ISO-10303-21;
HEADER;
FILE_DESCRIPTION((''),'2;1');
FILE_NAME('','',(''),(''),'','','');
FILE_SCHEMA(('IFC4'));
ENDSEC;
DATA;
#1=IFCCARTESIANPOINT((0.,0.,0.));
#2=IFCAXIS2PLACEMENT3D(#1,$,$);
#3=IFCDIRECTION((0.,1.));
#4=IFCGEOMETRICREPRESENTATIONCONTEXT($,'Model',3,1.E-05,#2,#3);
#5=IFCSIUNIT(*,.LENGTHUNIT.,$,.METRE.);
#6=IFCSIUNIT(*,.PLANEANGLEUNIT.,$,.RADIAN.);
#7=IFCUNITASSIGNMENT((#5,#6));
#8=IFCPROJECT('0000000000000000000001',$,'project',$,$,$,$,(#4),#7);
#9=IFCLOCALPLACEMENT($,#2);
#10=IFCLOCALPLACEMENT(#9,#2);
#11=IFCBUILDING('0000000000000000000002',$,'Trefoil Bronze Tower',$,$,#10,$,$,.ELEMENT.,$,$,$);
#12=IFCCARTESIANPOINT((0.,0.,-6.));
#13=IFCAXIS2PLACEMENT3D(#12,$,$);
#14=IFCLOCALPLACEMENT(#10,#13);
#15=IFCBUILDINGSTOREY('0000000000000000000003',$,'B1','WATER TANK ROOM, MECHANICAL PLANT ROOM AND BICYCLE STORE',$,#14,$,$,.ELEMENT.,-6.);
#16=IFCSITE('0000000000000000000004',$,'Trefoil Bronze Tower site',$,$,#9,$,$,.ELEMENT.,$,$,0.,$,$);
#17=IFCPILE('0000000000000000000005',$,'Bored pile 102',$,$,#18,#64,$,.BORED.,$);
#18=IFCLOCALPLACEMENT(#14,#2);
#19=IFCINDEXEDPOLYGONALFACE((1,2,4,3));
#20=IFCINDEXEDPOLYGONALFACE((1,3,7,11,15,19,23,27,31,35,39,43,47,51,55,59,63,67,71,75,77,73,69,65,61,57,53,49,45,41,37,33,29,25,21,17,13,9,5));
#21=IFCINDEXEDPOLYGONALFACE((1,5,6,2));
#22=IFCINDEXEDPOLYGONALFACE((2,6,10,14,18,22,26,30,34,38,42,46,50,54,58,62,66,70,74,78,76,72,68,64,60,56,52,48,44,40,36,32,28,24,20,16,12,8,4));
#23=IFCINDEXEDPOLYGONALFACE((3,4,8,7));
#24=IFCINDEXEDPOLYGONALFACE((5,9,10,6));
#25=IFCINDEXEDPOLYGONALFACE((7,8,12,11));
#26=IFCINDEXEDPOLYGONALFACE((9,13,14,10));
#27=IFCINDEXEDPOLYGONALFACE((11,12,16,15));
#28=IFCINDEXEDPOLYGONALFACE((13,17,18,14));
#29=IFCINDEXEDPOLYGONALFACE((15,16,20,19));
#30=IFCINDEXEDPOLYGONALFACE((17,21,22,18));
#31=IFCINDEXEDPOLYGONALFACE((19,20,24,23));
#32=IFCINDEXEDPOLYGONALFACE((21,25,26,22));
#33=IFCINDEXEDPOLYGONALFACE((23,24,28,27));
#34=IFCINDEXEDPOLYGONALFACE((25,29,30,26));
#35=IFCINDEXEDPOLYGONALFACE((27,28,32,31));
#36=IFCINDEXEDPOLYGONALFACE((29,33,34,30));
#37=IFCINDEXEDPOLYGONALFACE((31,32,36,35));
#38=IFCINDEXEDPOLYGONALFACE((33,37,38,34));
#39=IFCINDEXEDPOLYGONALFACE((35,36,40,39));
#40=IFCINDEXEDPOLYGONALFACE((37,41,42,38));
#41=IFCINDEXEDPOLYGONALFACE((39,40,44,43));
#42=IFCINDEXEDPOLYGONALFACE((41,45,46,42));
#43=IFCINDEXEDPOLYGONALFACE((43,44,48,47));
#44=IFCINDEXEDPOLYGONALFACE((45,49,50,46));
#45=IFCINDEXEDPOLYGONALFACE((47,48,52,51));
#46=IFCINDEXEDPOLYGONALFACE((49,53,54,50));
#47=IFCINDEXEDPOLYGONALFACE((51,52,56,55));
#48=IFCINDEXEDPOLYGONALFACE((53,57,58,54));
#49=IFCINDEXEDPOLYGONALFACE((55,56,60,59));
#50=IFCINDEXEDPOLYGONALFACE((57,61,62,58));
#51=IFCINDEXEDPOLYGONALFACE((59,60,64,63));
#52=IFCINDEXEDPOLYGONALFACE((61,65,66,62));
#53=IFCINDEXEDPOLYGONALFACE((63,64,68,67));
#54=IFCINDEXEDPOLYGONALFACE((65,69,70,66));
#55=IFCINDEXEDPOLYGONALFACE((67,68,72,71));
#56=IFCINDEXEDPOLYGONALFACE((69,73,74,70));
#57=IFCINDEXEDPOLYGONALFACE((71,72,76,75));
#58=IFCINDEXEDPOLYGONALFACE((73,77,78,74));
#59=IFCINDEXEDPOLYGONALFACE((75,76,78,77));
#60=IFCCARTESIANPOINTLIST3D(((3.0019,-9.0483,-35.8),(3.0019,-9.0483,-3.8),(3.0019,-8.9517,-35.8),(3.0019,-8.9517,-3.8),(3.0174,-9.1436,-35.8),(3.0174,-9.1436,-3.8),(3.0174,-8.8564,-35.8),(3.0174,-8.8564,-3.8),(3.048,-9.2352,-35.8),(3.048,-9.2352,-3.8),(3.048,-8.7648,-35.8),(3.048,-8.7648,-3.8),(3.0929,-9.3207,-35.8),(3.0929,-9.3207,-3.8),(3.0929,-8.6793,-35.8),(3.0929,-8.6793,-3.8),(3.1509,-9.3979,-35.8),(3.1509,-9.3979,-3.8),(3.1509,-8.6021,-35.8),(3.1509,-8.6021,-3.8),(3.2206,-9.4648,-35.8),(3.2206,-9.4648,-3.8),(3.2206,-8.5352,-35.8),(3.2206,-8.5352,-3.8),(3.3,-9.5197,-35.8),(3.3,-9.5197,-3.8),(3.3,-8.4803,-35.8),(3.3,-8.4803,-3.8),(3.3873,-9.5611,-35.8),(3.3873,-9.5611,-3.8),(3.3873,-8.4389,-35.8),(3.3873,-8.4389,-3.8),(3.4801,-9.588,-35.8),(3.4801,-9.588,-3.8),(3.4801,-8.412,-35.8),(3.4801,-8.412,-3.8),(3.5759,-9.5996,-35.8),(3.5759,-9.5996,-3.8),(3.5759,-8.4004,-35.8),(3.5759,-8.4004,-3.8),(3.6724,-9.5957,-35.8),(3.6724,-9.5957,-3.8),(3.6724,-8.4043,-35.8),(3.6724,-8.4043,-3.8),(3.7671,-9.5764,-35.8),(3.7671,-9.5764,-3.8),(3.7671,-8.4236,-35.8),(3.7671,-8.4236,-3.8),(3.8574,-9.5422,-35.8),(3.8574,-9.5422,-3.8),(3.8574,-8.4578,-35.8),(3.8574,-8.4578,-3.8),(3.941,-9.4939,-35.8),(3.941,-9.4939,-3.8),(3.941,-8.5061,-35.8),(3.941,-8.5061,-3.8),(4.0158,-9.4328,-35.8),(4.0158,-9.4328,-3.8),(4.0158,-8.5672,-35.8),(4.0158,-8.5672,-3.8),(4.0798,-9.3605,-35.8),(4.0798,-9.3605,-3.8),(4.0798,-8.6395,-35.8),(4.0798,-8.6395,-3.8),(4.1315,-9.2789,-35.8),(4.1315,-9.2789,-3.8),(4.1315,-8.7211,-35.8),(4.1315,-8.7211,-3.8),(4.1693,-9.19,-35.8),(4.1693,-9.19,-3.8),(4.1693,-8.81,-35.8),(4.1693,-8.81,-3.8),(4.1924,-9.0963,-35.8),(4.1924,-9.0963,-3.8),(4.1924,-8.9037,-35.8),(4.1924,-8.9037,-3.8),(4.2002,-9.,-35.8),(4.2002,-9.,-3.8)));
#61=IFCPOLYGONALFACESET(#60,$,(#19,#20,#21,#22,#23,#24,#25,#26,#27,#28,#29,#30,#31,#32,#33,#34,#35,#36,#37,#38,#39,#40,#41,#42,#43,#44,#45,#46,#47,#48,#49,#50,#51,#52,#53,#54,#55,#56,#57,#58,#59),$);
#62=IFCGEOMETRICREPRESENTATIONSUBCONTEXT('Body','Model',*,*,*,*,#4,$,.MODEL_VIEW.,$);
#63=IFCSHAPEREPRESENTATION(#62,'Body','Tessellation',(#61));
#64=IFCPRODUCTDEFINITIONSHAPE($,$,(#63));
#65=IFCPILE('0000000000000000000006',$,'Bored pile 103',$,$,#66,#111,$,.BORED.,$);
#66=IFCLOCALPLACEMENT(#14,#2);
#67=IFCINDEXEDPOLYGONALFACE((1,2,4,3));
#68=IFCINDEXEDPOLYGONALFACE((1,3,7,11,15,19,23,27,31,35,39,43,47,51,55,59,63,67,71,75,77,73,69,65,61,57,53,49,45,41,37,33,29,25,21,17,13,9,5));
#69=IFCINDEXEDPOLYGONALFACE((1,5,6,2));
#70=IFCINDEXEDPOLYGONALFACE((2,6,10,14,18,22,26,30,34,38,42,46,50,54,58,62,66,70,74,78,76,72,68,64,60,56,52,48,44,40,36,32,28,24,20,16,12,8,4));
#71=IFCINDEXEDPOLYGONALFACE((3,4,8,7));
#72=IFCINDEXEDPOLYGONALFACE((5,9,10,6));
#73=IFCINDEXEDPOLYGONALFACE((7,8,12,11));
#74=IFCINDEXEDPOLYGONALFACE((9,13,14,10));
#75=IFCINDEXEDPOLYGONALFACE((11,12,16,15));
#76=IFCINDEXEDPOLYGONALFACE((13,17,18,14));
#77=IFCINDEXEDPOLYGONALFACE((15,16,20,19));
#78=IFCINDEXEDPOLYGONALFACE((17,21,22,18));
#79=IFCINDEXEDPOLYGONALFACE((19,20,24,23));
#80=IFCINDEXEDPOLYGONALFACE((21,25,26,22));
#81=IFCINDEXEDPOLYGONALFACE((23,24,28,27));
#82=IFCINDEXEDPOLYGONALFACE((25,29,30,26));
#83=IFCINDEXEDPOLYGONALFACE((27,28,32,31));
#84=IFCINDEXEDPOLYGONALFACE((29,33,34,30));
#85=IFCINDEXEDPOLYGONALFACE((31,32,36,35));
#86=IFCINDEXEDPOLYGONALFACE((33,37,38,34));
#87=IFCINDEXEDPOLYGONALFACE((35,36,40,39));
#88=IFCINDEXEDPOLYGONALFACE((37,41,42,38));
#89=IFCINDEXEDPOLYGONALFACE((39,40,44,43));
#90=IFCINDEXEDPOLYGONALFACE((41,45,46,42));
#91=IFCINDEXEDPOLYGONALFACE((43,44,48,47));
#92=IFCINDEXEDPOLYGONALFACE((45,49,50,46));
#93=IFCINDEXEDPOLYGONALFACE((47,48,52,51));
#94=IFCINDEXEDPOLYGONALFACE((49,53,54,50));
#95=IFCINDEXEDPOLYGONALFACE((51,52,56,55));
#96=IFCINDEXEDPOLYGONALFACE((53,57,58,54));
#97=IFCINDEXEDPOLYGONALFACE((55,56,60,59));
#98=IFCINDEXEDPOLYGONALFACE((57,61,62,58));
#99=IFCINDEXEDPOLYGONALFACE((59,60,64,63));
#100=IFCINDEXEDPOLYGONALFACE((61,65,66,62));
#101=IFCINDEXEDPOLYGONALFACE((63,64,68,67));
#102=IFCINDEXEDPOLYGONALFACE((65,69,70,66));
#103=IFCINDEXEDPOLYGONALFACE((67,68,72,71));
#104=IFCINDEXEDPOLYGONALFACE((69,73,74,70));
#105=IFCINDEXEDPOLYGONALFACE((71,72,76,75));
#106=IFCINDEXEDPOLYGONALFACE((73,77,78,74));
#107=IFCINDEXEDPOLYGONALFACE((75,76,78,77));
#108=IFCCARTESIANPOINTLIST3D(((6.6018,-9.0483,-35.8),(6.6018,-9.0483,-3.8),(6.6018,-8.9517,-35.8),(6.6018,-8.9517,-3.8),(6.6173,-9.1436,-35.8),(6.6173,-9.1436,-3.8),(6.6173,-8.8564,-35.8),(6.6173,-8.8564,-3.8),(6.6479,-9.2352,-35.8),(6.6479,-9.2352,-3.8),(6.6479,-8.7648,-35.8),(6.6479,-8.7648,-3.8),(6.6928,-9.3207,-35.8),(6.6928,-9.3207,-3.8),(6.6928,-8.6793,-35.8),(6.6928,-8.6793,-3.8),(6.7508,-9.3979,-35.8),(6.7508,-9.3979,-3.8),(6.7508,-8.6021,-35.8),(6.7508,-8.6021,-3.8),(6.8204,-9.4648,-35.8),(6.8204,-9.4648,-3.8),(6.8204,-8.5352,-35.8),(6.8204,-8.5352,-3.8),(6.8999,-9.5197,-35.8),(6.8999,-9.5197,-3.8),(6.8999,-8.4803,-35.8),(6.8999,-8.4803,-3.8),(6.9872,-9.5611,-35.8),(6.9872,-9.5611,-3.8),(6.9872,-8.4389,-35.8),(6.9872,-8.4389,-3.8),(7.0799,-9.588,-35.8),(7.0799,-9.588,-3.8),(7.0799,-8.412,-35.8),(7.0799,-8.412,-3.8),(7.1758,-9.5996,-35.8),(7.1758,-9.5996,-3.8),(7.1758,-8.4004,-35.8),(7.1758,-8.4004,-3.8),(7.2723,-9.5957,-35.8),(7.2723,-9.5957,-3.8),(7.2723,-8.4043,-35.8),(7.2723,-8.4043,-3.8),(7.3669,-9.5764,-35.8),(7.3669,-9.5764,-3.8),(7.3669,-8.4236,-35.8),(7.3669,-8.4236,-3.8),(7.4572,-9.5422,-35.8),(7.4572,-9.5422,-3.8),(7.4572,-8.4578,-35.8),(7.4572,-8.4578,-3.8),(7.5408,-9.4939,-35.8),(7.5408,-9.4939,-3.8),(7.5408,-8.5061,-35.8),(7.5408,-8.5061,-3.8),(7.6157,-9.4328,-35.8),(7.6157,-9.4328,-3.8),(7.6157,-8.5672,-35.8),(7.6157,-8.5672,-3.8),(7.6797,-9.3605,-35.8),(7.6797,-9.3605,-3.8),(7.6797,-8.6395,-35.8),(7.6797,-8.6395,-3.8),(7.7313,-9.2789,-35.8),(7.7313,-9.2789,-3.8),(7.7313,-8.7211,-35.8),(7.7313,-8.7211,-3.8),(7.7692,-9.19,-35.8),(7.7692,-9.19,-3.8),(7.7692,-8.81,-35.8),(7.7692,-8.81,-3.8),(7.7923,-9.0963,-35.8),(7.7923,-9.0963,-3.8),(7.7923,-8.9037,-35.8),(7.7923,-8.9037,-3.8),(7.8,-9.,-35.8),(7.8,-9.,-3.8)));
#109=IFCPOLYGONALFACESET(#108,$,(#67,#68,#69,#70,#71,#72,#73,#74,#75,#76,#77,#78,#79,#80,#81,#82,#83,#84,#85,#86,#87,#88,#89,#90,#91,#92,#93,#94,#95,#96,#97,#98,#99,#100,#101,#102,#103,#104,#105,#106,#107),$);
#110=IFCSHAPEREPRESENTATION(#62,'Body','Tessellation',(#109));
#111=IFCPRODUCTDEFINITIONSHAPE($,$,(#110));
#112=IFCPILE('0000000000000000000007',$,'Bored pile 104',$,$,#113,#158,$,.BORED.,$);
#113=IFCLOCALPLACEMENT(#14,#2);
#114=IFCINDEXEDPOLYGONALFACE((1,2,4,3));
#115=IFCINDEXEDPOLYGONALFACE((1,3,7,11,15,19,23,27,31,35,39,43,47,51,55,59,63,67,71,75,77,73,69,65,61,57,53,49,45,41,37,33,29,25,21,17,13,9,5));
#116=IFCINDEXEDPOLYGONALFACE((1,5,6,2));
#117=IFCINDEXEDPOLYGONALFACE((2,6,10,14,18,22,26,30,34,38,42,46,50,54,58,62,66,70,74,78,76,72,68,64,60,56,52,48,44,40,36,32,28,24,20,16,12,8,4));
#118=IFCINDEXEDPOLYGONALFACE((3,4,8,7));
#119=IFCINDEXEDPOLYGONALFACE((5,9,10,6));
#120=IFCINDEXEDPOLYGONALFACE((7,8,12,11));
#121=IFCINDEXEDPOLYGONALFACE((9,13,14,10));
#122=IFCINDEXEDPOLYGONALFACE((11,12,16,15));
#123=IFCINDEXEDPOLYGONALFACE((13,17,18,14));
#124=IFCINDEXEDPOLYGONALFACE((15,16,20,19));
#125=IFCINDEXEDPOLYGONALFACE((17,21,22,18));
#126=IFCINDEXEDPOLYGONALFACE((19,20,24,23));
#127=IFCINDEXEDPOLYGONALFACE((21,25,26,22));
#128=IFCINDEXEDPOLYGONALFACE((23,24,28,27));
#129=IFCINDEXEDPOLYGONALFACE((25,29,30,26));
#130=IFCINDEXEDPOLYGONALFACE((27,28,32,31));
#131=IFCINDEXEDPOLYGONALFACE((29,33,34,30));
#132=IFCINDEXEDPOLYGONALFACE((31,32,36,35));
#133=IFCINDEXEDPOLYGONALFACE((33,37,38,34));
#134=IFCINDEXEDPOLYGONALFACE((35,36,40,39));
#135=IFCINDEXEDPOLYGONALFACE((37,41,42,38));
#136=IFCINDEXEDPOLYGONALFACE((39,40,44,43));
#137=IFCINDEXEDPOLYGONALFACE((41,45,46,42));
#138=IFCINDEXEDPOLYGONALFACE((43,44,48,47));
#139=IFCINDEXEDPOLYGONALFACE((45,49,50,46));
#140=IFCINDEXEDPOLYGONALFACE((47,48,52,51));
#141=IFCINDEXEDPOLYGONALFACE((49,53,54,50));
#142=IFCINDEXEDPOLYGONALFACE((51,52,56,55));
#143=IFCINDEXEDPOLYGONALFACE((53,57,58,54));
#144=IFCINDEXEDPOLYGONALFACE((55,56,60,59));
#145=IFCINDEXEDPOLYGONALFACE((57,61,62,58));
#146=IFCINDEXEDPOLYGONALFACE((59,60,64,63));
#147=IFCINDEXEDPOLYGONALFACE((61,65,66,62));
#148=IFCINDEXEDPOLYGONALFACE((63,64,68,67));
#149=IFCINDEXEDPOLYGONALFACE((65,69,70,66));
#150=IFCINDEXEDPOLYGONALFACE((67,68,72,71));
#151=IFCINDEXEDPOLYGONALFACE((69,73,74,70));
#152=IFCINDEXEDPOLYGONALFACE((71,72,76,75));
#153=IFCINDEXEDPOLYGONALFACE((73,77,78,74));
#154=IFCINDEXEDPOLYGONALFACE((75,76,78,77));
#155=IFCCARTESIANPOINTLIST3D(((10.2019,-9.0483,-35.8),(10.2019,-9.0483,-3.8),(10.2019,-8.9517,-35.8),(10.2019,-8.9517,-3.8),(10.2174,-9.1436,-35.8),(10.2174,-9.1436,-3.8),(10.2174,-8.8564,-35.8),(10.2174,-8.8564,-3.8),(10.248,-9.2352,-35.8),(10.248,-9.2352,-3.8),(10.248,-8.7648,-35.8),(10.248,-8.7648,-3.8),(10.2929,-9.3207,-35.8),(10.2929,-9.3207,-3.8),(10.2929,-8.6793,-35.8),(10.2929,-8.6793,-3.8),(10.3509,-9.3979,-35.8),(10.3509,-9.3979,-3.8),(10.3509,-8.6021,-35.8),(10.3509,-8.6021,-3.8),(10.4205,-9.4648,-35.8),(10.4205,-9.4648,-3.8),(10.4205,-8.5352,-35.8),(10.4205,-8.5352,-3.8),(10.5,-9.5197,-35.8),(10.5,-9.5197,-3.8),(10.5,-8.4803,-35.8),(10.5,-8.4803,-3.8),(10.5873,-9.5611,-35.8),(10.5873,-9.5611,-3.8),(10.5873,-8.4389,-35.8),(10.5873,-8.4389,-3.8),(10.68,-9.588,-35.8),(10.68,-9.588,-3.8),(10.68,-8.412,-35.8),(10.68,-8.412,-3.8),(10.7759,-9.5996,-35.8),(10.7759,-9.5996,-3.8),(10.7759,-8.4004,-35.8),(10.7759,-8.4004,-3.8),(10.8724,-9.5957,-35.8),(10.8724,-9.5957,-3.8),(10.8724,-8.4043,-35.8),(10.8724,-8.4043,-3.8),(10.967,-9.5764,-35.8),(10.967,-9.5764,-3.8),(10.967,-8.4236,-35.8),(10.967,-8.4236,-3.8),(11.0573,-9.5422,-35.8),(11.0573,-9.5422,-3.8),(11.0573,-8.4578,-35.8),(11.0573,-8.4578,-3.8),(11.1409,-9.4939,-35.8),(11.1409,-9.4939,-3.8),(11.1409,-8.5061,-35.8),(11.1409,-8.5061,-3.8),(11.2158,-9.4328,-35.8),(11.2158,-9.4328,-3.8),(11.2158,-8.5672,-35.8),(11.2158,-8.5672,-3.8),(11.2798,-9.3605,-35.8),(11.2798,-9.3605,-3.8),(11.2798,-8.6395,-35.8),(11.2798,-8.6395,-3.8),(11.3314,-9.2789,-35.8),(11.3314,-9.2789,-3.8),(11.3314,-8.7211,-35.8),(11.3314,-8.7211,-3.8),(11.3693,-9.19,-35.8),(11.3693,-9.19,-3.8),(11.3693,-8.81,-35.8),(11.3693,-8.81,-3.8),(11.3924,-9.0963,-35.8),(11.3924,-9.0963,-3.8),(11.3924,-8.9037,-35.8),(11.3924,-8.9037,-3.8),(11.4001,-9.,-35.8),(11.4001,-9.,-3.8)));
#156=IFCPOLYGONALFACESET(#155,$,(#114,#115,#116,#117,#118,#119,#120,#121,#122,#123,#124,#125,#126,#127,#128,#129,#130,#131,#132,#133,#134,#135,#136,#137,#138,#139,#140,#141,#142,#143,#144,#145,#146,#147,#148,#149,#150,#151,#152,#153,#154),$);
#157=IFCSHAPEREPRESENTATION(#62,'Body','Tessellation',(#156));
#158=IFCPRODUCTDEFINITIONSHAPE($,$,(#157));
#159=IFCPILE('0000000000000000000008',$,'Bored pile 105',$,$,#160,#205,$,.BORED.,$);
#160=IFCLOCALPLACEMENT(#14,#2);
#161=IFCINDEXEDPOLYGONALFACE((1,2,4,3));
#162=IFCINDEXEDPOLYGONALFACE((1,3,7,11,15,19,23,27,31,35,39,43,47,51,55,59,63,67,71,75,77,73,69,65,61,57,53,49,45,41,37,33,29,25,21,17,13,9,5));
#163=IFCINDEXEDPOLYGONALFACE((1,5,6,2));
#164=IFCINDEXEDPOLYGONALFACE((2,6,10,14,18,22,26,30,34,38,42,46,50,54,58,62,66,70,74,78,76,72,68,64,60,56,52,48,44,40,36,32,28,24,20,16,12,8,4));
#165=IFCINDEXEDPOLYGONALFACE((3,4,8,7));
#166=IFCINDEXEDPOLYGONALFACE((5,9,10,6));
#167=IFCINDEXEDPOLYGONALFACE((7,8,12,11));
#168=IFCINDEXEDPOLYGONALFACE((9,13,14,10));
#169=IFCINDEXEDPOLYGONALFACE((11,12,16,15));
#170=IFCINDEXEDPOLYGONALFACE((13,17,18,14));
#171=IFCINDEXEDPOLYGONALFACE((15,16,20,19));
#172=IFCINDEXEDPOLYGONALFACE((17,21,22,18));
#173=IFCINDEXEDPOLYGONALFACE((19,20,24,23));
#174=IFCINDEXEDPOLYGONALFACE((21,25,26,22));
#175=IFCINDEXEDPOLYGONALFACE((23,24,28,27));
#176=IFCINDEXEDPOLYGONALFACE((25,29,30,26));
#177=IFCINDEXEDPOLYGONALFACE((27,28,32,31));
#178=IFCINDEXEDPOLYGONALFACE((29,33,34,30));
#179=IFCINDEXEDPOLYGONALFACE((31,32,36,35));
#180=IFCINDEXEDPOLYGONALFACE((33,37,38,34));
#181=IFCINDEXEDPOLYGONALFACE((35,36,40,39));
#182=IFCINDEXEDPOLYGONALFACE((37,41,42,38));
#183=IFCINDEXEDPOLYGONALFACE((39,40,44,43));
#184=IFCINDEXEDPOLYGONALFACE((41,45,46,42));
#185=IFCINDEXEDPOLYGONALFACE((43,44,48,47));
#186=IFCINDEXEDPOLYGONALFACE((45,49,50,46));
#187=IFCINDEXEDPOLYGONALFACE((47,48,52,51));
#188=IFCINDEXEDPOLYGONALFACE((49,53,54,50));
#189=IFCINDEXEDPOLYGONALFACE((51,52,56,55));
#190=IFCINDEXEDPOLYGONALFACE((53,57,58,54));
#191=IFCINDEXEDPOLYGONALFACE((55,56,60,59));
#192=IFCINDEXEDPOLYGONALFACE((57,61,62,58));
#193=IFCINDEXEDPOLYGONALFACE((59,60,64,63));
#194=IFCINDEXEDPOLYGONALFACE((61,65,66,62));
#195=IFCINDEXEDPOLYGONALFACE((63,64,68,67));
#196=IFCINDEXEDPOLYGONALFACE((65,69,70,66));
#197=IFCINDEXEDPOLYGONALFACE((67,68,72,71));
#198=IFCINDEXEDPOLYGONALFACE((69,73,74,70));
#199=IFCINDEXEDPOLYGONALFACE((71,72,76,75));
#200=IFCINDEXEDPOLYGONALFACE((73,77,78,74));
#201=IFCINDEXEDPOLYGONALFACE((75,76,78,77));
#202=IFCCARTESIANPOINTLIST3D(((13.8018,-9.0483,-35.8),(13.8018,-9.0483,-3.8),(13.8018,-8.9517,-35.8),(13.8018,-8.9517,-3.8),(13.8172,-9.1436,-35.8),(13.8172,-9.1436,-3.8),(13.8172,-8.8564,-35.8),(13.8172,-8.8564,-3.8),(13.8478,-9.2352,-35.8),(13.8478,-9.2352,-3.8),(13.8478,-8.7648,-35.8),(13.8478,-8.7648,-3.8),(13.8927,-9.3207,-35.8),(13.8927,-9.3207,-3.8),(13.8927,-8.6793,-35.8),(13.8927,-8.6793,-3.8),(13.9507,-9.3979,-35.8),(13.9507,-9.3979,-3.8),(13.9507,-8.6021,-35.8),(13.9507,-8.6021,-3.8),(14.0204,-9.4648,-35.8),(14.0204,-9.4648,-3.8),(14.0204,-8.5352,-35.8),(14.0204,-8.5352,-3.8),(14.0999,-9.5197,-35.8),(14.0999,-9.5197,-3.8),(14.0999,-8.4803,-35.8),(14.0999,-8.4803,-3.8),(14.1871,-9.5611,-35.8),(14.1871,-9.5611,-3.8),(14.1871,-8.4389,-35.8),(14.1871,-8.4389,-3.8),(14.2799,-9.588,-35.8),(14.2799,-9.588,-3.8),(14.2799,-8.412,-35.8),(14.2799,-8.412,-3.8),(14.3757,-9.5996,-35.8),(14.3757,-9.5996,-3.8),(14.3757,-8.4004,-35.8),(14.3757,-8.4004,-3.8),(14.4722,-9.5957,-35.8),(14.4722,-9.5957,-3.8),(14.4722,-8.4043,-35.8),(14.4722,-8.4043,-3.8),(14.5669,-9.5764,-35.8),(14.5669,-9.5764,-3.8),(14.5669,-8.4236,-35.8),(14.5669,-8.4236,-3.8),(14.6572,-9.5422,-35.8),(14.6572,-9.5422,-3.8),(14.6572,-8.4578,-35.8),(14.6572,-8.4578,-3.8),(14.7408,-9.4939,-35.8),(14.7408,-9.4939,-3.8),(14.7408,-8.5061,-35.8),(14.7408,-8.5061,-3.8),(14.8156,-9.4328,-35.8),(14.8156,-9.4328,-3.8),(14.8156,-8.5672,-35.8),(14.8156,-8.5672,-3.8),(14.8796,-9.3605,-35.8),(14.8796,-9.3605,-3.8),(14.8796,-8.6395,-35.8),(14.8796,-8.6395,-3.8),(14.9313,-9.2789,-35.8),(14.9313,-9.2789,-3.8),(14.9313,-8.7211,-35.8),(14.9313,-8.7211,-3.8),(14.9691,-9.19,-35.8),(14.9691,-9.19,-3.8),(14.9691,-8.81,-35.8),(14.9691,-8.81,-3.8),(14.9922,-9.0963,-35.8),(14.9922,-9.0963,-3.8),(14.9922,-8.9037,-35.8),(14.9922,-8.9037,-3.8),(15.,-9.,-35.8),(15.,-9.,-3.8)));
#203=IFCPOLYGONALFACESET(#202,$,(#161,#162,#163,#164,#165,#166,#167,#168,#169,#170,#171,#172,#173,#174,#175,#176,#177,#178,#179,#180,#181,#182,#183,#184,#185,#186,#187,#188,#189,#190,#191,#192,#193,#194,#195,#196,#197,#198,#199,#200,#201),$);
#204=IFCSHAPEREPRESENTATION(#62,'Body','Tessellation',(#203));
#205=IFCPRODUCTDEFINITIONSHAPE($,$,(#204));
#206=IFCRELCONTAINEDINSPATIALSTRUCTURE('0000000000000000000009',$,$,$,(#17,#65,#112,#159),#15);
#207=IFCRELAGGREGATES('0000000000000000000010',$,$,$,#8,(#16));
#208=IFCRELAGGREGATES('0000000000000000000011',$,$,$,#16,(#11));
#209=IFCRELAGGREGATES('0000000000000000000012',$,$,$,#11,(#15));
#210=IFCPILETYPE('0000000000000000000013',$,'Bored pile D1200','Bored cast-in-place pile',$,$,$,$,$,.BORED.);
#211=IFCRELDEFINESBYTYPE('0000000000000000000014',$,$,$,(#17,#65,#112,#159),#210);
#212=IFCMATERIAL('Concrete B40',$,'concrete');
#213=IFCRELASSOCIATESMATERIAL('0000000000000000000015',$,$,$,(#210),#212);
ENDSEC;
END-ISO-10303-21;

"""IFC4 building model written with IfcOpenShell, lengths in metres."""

from ifc_helpers import new_model, si_unit, direction, frame, origin, origin_2d, place, context, subcontext, project, spatial, circle, extrude, material, type_object, element, save


model = new_model("IFC4")

# Units and contexts
model_context = context("Model", 3, precision=1e-05, world=origin(), true_north=direction((0.0, 1.0)))
body_context = subcontext(model_context, "Body", "Model", "MODEL_VIEW")
ifc_project = project(units=[si_unit("LENGTHUNIT", "METRE"), si_unit("PLANEANGLEUNIT", "RADIAN")], contexts=[model_context])

# Site, building, storey
site_placement = place(None, origin())
site = spatial("IfcSite", under=ifc_project, at=site_placement, Name="Trefoil Bronze Tower site", CompositionType="ELEMENT", RefElevation=0.0)
building_placement = place(site_placement, origin())
building = spatial("IfcBuilding", under=site, at=building_placement, Name="Trefoil Bronze Tower", CompositionType="ELEMENT")
storey_placement = place(building_placement, frame((0.0, 0.0, -6.0)))
storey = spatial("IfcBuildingStorey", under=building, at=storey_placement, Name="B1", Description="WATER TANK ROOM, MECHANICAL PLANT ROOM AND BICYCLE STORE", CompositionType="ELEMENT", Elevation=-6.0)

# Piles
ifc_material_1 = material(Name="Concrete B40", Category="concrete")
pile_type = type_object("IfcPileType", Name="Bored pile D1200", Description="Bored cast-in-place pile", PredefinedType="BORED", material=ifc_material_1)
for number, where, z_axis, x_axis, name in (
    (1, (3.6001, -9.0, -3.8), (0.0, 0.0, -1.0), (1.0, 0.0, 0.0), "Bored pile 102"),
    (2, (7.2, -9.0, -3.8), (0.0, 0.0, -1.0), (1.0, 0.0, 0.0), "Bored pile 103"),
    (3, (10.8, -9.0, -3.8), (0.0, 0.0, -1.0), (1.0, 0.0, 0.0), "Bored pile 104"),
    (4, (14.3999, -9.0, -3.8), (0.0, 0.0, -1.0), (1.0, 0.0, 0.0), "Bored pile 105"),
):
    element("IfcPile", number, at=place(storey_placement, frame(where, z_axis=z_axis, x_axis=x_axis)), inside=storey, type_object=pile_type, Name=name, PredefinedType="BORED", context=body_context, shape_type="SweptSolid", body=[
        extrude(circle(Radius=0.6001, at=origin_2d()), origin(), (0.0, 0.0, 1.0), 32.0),
    ])

save(model, "model.ifc")
